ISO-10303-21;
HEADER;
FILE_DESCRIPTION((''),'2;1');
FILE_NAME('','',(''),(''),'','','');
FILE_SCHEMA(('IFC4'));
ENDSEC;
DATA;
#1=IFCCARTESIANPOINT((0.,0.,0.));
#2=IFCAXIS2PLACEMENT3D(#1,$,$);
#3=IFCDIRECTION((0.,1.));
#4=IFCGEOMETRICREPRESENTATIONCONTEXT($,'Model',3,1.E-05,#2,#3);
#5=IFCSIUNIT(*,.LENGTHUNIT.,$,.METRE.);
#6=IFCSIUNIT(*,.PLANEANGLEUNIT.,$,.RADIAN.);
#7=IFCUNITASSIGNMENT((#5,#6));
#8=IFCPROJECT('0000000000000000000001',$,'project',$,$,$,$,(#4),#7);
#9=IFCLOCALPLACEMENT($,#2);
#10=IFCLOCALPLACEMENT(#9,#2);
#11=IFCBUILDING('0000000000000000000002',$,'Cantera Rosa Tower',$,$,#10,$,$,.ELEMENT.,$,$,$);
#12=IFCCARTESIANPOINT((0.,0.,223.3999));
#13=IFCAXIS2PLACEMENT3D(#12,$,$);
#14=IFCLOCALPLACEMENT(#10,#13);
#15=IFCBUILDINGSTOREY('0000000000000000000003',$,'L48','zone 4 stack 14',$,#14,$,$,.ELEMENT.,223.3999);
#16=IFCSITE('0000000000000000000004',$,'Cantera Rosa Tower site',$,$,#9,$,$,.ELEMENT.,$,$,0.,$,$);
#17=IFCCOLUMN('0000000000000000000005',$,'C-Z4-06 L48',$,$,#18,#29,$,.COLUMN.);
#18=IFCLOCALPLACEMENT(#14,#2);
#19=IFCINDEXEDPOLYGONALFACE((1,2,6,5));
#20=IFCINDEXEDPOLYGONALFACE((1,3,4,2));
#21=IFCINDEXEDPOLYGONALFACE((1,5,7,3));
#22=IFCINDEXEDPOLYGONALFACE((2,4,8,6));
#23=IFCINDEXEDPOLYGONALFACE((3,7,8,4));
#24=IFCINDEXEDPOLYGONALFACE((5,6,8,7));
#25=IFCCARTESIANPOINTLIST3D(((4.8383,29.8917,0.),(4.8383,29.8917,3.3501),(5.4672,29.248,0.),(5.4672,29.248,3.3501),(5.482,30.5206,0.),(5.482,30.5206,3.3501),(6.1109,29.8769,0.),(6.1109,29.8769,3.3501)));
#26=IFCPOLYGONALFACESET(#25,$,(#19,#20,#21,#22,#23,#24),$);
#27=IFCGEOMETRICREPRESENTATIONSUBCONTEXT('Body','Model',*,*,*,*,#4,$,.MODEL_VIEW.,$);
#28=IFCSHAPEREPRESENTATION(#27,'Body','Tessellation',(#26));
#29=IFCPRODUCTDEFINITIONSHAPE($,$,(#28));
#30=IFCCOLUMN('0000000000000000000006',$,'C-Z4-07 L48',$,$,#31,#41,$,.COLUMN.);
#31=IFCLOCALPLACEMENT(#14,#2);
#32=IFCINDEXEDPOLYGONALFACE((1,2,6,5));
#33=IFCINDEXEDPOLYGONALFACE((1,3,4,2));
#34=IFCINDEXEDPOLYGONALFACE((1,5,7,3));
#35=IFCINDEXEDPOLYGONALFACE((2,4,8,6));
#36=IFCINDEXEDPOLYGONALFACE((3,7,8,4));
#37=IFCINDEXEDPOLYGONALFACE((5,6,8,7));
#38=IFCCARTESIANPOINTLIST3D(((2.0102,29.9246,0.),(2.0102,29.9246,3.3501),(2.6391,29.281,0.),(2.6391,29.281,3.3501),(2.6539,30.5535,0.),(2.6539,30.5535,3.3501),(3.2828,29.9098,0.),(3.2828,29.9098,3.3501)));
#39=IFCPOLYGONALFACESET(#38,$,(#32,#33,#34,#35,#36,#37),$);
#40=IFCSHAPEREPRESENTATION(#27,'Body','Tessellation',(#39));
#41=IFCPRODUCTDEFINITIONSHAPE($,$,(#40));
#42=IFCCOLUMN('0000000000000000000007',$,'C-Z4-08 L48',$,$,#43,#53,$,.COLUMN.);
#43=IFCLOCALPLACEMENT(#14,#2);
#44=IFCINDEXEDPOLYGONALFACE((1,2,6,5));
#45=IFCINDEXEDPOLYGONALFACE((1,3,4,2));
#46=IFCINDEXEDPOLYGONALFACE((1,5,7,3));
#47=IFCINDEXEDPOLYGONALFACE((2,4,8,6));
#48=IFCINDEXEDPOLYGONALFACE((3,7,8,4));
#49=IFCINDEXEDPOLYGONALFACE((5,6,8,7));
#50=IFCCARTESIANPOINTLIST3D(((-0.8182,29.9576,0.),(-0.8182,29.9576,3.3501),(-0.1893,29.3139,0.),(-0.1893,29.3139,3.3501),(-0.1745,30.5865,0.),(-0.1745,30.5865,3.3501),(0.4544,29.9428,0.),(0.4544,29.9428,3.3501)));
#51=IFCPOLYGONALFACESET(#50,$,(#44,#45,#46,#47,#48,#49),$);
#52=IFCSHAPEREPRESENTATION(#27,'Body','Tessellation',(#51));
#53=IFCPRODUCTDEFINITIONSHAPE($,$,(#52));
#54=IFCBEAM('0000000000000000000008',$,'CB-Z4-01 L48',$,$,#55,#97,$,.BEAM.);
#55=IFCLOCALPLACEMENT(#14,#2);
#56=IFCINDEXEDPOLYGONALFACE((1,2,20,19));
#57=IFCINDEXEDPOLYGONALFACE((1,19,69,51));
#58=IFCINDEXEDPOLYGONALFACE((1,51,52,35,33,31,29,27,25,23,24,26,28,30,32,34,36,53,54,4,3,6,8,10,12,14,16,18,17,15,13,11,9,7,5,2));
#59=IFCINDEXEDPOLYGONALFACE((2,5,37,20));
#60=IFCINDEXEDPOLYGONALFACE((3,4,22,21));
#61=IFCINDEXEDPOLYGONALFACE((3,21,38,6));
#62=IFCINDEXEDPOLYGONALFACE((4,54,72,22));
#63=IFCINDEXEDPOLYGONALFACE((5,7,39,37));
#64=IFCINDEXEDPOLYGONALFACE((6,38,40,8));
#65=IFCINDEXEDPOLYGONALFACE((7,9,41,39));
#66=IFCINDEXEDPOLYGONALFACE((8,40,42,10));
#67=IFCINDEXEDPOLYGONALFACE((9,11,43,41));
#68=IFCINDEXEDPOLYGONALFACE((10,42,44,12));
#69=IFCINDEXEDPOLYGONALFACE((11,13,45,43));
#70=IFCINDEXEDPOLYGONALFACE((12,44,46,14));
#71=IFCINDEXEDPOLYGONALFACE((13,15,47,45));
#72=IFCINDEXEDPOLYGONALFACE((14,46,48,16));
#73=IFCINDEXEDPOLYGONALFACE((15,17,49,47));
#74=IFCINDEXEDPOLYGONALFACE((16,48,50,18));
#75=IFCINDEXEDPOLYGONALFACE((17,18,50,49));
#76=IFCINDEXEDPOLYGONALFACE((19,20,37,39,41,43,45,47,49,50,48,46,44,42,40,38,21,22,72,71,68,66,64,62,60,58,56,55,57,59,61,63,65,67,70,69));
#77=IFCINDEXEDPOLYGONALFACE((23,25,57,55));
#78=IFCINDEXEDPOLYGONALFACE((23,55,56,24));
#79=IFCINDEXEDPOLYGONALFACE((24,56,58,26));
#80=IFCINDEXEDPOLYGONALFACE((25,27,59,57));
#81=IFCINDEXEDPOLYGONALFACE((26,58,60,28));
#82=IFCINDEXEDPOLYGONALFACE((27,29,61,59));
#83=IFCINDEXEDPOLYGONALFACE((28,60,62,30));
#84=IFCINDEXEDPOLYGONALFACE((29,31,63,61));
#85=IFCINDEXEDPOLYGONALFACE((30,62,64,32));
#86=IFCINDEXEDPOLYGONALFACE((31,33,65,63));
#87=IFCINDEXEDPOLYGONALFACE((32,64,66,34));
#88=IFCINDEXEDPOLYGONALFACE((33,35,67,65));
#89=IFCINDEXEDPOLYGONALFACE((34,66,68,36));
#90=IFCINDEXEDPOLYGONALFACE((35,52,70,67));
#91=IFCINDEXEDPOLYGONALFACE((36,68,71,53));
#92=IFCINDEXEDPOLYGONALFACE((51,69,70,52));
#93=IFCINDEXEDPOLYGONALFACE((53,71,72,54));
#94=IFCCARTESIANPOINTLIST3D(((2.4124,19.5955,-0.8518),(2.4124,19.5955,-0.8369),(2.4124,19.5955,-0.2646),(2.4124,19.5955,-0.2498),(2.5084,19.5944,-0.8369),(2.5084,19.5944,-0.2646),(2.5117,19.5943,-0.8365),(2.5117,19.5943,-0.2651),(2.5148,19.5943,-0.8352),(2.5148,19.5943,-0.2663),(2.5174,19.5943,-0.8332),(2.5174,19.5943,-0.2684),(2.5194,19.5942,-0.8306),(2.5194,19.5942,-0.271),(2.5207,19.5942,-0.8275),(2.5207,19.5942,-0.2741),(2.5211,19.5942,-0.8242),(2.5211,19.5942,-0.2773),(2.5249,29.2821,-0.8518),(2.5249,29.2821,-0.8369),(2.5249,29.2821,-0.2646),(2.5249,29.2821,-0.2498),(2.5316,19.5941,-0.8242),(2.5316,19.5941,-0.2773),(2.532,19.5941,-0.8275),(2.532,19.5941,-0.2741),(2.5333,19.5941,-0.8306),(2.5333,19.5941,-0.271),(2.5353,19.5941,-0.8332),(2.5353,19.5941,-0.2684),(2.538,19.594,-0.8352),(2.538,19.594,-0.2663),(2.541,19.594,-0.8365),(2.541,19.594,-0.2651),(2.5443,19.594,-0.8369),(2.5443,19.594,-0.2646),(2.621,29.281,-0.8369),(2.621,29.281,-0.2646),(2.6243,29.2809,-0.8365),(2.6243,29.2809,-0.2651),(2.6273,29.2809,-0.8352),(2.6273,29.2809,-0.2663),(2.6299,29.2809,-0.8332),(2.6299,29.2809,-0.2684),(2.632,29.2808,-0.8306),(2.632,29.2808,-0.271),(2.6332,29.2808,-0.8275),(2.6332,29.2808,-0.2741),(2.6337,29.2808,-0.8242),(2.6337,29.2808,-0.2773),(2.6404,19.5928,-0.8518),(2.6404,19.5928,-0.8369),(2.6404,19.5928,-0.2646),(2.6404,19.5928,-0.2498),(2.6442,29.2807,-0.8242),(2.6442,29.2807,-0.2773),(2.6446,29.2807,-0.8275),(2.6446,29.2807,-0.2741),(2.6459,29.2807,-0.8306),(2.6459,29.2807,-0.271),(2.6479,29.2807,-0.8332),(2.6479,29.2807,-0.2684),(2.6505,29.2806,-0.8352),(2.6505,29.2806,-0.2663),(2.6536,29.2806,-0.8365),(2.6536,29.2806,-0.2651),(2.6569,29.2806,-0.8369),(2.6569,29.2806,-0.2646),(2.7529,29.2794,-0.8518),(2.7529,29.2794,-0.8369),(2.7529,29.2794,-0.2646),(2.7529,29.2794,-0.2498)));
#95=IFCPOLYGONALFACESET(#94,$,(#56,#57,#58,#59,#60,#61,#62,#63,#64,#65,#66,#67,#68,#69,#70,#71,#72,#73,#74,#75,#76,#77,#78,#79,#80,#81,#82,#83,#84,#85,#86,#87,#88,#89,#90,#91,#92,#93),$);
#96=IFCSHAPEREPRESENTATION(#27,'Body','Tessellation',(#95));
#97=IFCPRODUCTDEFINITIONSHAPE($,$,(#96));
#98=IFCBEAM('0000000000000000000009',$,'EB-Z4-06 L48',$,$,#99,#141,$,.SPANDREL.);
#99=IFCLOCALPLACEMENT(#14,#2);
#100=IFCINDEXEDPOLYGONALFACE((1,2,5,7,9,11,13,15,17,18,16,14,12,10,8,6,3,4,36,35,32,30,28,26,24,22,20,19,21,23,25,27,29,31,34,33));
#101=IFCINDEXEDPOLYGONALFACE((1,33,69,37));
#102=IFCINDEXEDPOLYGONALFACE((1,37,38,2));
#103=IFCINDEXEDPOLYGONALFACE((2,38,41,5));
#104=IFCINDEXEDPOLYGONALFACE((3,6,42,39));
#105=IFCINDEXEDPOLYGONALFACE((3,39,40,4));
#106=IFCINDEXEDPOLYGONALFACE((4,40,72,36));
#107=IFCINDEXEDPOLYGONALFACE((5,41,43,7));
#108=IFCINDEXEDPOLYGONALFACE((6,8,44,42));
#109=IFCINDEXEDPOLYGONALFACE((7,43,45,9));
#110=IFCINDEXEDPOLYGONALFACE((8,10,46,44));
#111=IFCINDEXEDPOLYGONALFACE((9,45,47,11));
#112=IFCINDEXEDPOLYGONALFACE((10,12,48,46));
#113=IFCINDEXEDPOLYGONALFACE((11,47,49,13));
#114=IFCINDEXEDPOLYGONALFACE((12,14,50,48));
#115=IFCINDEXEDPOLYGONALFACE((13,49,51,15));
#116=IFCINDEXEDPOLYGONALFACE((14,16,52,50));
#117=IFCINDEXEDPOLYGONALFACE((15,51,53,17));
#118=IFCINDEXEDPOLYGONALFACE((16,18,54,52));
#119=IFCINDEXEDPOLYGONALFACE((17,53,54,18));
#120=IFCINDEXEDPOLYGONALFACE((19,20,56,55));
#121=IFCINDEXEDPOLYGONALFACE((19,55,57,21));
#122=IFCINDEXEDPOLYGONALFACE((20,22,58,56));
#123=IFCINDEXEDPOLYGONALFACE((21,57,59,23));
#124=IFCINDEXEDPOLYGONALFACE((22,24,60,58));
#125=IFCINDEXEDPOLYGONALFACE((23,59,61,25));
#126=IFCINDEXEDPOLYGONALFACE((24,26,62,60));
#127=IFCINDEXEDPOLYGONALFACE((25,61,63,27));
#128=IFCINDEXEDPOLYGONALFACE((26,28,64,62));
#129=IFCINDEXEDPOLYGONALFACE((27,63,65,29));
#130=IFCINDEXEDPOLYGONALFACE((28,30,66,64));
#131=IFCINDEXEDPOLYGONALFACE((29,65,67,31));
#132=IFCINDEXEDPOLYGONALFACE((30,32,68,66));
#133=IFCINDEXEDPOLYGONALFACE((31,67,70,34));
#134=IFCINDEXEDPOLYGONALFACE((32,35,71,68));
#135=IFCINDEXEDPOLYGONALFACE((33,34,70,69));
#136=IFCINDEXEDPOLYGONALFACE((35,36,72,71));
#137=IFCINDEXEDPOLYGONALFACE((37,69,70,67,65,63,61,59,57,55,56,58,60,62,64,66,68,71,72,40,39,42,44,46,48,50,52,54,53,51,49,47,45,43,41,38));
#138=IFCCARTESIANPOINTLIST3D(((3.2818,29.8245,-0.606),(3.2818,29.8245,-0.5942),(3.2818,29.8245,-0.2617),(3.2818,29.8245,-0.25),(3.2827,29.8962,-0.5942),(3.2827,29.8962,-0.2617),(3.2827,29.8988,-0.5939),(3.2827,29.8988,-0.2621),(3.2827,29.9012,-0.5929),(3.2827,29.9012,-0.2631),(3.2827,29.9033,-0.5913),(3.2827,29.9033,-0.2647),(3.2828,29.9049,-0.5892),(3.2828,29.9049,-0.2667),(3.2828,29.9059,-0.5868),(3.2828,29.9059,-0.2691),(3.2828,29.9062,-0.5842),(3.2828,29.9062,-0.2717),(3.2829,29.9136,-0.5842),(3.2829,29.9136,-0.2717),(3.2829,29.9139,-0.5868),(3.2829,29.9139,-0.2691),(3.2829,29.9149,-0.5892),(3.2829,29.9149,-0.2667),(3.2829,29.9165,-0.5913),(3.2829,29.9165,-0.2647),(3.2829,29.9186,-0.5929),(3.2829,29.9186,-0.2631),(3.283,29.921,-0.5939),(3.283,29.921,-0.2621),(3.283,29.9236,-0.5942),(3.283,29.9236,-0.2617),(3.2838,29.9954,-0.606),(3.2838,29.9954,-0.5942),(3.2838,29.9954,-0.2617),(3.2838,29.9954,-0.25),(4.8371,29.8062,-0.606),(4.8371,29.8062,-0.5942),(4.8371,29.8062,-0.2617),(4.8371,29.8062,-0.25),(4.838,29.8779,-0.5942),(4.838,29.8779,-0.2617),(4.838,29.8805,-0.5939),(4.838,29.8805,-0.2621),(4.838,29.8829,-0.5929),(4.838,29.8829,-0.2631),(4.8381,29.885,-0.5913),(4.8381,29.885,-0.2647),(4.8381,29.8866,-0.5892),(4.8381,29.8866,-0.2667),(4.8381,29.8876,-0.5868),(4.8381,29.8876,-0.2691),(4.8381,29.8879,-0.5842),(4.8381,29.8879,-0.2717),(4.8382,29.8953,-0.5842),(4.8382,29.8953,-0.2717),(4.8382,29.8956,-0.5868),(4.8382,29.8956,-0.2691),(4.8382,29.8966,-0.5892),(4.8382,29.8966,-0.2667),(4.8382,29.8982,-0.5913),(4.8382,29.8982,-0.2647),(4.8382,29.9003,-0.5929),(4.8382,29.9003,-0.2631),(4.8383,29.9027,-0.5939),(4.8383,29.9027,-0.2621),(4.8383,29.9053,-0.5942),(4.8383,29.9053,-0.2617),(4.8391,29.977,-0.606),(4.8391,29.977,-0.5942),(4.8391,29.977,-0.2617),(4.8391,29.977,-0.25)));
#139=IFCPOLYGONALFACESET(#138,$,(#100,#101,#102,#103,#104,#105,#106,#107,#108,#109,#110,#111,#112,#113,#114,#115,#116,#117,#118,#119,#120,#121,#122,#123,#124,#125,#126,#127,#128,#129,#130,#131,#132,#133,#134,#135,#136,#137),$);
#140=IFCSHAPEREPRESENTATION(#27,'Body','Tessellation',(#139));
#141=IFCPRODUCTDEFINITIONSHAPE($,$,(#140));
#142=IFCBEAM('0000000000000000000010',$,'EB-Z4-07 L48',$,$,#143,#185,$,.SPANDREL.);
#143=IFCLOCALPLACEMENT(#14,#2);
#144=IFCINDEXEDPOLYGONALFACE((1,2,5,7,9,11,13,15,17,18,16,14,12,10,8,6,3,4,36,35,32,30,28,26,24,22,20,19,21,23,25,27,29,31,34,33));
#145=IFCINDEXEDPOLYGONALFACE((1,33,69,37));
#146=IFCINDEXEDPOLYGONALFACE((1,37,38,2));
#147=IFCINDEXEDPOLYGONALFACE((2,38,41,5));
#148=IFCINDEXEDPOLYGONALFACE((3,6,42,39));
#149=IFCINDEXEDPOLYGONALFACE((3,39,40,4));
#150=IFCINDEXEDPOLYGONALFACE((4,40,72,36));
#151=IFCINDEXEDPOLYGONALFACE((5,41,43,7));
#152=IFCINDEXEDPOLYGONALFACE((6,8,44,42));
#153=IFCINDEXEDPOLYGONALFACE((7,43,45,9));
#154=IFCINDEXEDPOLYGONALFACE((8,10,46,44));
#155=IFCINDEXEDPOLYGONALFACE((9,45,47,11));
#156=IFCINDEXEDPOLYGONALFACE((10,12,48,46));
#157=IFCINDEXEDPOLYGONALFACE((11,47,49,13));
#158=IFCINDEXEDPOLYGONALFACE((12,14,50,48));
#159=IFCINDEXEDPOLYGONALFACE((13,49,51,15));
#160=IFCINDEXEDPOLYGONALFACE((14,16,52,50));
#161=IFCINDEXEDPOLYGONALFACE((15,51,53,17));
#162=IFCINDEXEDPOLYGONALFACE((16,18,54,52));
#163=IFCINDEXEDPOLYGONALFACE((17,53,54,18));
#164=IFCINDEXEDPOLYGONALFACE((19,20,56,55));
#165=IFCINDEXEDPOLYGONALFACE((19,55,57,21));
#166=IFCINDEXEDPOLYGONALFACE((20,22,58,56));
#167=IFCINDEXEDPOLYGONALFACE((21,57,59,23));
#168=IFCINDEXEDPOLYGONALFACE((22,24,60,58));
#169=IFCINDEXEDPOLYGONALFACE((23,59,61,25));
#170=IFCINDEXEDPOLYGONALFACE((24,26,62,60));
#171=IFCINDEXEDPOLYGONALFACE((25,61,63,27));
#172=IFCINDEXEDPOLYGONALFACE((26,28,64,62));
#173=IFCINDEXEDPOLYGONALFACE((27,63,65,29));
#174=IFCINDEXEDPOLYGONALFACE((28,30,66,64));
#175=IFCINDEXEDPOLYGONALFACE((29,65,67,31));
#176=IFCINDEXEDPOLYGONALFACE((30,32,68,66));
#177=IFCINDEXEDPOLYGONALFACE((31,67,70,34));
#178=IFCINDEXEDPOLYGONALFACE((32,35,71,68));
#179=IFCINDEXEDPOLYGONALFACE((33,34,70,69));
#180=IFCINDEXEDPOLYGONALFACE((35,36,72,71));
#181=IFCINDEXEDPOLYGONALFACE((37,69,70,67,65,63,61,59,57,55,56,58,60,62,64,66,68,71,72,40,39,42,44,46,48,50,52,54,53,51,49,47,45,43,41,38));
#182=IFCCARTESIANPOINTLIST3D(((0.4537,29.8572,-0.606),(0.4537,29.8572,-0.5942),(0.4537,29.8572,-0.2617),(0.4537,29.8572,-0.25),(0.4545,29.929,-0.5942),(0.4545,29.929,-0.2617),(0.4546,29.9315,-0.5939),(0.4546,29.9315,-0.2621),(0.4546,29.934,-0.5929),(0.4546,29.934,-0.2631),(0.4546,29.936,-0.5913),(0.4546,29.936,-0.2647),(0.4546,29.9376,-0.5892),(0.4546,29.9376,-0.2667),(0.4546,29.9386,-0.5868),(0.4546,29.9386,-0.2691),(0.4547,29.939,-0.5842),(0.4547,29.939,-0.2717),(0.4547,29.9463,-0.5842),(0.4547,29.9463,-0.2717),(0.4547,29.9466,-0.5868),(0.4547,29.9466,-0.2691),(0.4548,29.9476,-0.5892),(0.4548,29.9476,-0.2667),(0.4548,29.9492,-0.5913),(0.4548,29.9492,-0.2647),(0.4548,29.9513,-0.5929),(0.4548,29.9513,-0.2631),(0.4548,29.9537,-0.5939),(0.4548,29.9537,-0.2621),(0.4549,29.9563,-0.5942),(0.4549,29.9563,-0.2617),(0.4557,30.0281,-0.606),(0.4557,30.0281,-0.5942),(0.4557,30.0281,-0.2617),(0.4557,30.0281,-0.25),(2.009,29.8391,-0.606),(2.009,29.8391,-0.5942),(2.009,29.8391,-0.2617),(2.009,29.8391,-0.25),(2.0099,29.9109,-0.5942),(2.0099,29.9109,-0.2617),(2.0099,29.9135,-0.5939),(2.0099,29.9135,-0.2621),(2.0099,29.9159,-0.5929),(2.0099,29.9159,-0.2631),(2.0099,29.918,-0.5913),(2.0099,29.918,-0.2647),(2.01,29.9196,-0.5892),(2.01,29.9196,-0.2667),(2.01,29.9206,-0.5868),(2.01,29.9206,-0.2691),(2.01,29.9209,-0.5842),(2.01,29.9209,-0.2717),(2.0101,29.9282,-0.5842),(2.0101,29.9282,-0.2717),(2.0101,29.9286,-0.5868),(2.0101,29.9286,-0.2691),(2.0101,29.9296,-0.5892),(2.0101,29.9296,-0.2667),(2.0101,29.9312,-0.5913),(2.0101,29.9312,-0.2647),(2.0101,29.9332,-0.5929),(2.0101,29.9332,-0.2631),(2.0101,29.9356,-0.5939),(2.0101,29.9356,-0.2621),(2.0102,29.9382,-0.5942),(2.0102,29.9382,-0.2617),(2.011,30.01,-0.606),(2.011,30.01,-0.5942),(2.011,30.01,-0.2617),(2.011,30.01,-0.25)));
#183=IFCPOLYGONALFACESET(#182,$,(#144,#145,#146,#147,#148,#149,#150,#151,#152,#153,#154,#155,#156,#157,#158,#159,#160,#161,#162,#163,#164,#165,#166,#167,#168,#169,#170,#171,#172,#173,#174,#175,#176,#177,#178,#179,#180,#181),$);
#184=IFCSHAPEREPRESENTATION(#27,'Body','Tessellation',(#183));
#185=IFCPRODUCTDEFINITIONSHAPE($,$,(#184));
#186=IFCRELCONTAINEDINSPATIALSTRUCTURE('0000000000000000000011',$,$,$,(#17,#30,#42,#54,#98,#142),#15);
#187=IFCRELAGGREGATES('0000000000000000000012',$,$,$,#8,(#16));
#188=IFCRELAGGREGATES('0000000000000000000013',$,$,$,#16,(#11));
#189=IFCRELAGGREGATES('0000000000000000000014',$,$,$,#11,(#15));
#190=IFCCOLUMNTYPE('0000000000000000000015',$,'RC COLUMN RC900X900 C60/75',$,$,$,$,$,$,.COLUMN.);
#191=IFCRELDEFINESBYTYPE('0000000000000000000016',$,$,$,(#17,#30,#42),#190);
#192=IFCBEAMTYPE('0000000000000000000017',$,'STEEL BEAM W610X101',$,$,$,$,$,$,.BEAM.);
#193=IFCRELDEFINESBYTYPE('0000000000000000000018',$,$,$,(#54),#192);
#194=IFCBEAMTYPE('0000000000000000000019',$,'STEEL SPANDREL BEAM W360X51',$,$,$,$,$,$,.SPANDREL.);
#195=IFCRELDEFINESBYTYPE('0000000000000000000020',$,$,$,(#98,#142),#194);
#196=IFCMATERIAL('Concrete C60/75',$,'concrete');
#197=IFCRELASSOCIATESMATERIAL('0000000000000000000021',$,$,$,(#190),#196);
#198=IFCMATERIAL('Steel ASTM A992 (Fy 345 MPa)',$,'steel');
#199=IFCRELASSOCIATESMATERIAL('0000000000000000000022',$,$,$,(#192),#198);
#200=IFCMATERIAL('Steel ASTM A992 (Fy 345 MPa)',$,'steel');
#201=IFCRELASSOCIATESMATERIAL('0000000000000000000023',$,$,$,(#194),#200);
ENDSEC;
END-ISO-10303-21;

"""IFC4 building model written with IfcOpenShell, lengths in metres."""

from ifc_helpers import new_model, si_unit, direction, frame, origin, origin_2d, place, context, subcontext, project, spatial, rectangle, i_section, extrude, material, material_profile, profile_set, type_object, element, save


model = new_model("IFC4")

# Units and contexts
model_context = context("Model", 3, precision=1e-05, world=origin(), true_north=direction((0.0, 1.0)))
body_context = subcontext(model_context, "Body", "Model", "MODEL_VIEW")
ifc_project = project(units=[si_unit("LENGTHUNIT", "METRE"), si_unit("PLANEANGLEUNIT", "RADIAN")], contexts=[model_context])

# Site, building, storey
site_placement = place(None, origin())
site = spatial("IfcSite", under=ifc_project, at=site_placement, Name="Cantera Rosa Tower site", CompositionType="ELEMENT", RefElevation=0.0)
building_placement = place(site_placement, origin())
building = spatial("IfcBuilding", under=site, at=building_placement, Name="Cantera Rosa Tower", CompositionType="ELEMENT")
storey_placement = place(building_placement, frame((0.0, 0.0, 223.3999)))
storey = spatial("IfcBuildingStorey", under=building, at=storey_placement, Name="L48", Description="zone 4 stack 14", CompositionType="ELEMENT", Elevation=223.3999)

# Columns
ifc_material_1 = material(Name="Concrete C60/75", Category="concrete")
ifc_material_profile_1 = material_profile(ifc_material_1, rectangle(XDim=0.8999, YDim=0.8999, at=origin_2d()), Name="RC COLUMN RC900X900 C60/75")
ifc_profile_set_1 = profile_set([ifc_material_profile_1], Name="Concrete C60/75")
column_type = type_object("IfcColumnType", Name="RC COLUMN RC900X900 C60/75", PredefinedType="COLUMN", material=ifc_profile_set_1)
for number, where, z_axis, x_axis, name in (
    (1, (5.4746, 29.8843, 0.0), (0.0, 0.0, 1.0), (0.715286, 0.698832, 0.0), "C-Z4-06 L48"),
    (2, (2.6465, 29.9172, 0.0), (0.0, 0.0, 1.0), (0.715286, 0.698832, 0.0), "C-Z4-07 L48"),
    (3, (-0.1819, 29.9502, 0.0), (0.0, 0.0, 1.0), (0.715286, 0.698832, 0.0), "C-Z4-08 L48"),
):
    element("IfcColumn", number, at=place(storey_placement, frame(where, z_axis=z_axis, x_axis=x_axis)), inside=storey, type_object=column_type, Name=name, PredefinedType="COLUMN", context=body_context, shape_type="SweptSolid", body=[
        extrude(rectangle(XDim=0.8999, YDim=0.8999, at=origin_2d()), origin(), (0.0, 0.0, 1.0), 3.3501),
    ])

# Beams
ifc_material_2 = material(Name="Steel ASTM A992 (Fy 345 MPa)", Category="steel")
ifc_material_profile_2 = material_profile(ifc_material_2, i_section(OverallWidth=0.228, OverallDepth=0.6021, WebThickness=0.0105, FlangeThickness=0.0149, FilletRadius=0.0127, at=origin_2d()), Name="W610X101")
ifc_profile_set_2 = profile_set([ifc_material_profile_2], Name="Steel ASTM A992 (Fy 345 MPa)")
beam_type_1 = type_object("IfcBeamType", Name="STEEL BEAM W610X101", PredefinedType="BEAM", material=ifc_profile_set_2)
beam_1_placement = place(storey_placement, frame((2.6389, 29.2808, -0.5508), z_axis=(-0.011618, -0.999933, 0.0), x_axis=(0.999933, -0.011618, 0.0)))
element("IfcBeam", 4, at=beam_1_placement, inside=storey, type_object=beam_type_1, Name="CB-Z4-01 L48", PredefinedType="BEAM", context=body_context, shape_type="SweptSolid", body=[
    extrude(i_section(OverallWidth=0.228, OverallDepth=0.6021, WebThickness=0.0105, FlangeThickness=0.0149, FilletRadius=0.0127, at=origin_2d()), origin(), (0.0, 0.0, 1.0), 9.6873),
])
ifc_material_3 = material(Name="Steel ASTM A992 (Fy 345 MPa)", Category="steel")
ifc_material_profile_3 = material_profile(ifc_material_3, i_section(OverallWidth=0.1709, OverallDepth=0.356, WebThickness=0.0073, FlangeThickness=0.0117, FilletRadius=0.01, at=origin_2d()), Name="W360X51")
ifc_profile_set_3 = profile_set([ifc_material_profile_3], Name="Steel ASTM A992 (Fy 345 MPa)")
beam_type_2 = type_object("IfcBeamType", Name="STEEL SPANDREL BEAM W360X51", PredefinedType="SPANDREL", material=ifc_profile_set_3)
for number, where, z_axis, x_axis, name in (
    (5, (4.8381, 29.8916, -0.428), (-0.999931, 0.011771, 0.0), (-0.011771, -0.999931, 0.0), "EB-Z4-06 L48"),
    (6, (2.01, 29.9246, -0.428), (-0.999933, 0.011614, 0.0), (-0.011614, -0.999933, 0.0), "EB-Z4-07 L48"),
):
    element("IfcBeam", number, at=place(storey_placement, frame(where, z_axis=z_axis, x_axis=x_axis)), inside=storey, type_object=beam_type_2, Name=name, PredefinedType="SPANDREL", context=body_context, shape_type="SweptSolid", body=[
        extrude(i_section(OverallWidth=0.1709, OverallDepth=0.356, WebThickness=0.0073, FlangeThickness=0.0117, FilletRadius=0.01, at=origin_2d()), origin(), (0.0, 0.0, 1.0), 1.5554),
    ])

save(model, "model.ifc")
